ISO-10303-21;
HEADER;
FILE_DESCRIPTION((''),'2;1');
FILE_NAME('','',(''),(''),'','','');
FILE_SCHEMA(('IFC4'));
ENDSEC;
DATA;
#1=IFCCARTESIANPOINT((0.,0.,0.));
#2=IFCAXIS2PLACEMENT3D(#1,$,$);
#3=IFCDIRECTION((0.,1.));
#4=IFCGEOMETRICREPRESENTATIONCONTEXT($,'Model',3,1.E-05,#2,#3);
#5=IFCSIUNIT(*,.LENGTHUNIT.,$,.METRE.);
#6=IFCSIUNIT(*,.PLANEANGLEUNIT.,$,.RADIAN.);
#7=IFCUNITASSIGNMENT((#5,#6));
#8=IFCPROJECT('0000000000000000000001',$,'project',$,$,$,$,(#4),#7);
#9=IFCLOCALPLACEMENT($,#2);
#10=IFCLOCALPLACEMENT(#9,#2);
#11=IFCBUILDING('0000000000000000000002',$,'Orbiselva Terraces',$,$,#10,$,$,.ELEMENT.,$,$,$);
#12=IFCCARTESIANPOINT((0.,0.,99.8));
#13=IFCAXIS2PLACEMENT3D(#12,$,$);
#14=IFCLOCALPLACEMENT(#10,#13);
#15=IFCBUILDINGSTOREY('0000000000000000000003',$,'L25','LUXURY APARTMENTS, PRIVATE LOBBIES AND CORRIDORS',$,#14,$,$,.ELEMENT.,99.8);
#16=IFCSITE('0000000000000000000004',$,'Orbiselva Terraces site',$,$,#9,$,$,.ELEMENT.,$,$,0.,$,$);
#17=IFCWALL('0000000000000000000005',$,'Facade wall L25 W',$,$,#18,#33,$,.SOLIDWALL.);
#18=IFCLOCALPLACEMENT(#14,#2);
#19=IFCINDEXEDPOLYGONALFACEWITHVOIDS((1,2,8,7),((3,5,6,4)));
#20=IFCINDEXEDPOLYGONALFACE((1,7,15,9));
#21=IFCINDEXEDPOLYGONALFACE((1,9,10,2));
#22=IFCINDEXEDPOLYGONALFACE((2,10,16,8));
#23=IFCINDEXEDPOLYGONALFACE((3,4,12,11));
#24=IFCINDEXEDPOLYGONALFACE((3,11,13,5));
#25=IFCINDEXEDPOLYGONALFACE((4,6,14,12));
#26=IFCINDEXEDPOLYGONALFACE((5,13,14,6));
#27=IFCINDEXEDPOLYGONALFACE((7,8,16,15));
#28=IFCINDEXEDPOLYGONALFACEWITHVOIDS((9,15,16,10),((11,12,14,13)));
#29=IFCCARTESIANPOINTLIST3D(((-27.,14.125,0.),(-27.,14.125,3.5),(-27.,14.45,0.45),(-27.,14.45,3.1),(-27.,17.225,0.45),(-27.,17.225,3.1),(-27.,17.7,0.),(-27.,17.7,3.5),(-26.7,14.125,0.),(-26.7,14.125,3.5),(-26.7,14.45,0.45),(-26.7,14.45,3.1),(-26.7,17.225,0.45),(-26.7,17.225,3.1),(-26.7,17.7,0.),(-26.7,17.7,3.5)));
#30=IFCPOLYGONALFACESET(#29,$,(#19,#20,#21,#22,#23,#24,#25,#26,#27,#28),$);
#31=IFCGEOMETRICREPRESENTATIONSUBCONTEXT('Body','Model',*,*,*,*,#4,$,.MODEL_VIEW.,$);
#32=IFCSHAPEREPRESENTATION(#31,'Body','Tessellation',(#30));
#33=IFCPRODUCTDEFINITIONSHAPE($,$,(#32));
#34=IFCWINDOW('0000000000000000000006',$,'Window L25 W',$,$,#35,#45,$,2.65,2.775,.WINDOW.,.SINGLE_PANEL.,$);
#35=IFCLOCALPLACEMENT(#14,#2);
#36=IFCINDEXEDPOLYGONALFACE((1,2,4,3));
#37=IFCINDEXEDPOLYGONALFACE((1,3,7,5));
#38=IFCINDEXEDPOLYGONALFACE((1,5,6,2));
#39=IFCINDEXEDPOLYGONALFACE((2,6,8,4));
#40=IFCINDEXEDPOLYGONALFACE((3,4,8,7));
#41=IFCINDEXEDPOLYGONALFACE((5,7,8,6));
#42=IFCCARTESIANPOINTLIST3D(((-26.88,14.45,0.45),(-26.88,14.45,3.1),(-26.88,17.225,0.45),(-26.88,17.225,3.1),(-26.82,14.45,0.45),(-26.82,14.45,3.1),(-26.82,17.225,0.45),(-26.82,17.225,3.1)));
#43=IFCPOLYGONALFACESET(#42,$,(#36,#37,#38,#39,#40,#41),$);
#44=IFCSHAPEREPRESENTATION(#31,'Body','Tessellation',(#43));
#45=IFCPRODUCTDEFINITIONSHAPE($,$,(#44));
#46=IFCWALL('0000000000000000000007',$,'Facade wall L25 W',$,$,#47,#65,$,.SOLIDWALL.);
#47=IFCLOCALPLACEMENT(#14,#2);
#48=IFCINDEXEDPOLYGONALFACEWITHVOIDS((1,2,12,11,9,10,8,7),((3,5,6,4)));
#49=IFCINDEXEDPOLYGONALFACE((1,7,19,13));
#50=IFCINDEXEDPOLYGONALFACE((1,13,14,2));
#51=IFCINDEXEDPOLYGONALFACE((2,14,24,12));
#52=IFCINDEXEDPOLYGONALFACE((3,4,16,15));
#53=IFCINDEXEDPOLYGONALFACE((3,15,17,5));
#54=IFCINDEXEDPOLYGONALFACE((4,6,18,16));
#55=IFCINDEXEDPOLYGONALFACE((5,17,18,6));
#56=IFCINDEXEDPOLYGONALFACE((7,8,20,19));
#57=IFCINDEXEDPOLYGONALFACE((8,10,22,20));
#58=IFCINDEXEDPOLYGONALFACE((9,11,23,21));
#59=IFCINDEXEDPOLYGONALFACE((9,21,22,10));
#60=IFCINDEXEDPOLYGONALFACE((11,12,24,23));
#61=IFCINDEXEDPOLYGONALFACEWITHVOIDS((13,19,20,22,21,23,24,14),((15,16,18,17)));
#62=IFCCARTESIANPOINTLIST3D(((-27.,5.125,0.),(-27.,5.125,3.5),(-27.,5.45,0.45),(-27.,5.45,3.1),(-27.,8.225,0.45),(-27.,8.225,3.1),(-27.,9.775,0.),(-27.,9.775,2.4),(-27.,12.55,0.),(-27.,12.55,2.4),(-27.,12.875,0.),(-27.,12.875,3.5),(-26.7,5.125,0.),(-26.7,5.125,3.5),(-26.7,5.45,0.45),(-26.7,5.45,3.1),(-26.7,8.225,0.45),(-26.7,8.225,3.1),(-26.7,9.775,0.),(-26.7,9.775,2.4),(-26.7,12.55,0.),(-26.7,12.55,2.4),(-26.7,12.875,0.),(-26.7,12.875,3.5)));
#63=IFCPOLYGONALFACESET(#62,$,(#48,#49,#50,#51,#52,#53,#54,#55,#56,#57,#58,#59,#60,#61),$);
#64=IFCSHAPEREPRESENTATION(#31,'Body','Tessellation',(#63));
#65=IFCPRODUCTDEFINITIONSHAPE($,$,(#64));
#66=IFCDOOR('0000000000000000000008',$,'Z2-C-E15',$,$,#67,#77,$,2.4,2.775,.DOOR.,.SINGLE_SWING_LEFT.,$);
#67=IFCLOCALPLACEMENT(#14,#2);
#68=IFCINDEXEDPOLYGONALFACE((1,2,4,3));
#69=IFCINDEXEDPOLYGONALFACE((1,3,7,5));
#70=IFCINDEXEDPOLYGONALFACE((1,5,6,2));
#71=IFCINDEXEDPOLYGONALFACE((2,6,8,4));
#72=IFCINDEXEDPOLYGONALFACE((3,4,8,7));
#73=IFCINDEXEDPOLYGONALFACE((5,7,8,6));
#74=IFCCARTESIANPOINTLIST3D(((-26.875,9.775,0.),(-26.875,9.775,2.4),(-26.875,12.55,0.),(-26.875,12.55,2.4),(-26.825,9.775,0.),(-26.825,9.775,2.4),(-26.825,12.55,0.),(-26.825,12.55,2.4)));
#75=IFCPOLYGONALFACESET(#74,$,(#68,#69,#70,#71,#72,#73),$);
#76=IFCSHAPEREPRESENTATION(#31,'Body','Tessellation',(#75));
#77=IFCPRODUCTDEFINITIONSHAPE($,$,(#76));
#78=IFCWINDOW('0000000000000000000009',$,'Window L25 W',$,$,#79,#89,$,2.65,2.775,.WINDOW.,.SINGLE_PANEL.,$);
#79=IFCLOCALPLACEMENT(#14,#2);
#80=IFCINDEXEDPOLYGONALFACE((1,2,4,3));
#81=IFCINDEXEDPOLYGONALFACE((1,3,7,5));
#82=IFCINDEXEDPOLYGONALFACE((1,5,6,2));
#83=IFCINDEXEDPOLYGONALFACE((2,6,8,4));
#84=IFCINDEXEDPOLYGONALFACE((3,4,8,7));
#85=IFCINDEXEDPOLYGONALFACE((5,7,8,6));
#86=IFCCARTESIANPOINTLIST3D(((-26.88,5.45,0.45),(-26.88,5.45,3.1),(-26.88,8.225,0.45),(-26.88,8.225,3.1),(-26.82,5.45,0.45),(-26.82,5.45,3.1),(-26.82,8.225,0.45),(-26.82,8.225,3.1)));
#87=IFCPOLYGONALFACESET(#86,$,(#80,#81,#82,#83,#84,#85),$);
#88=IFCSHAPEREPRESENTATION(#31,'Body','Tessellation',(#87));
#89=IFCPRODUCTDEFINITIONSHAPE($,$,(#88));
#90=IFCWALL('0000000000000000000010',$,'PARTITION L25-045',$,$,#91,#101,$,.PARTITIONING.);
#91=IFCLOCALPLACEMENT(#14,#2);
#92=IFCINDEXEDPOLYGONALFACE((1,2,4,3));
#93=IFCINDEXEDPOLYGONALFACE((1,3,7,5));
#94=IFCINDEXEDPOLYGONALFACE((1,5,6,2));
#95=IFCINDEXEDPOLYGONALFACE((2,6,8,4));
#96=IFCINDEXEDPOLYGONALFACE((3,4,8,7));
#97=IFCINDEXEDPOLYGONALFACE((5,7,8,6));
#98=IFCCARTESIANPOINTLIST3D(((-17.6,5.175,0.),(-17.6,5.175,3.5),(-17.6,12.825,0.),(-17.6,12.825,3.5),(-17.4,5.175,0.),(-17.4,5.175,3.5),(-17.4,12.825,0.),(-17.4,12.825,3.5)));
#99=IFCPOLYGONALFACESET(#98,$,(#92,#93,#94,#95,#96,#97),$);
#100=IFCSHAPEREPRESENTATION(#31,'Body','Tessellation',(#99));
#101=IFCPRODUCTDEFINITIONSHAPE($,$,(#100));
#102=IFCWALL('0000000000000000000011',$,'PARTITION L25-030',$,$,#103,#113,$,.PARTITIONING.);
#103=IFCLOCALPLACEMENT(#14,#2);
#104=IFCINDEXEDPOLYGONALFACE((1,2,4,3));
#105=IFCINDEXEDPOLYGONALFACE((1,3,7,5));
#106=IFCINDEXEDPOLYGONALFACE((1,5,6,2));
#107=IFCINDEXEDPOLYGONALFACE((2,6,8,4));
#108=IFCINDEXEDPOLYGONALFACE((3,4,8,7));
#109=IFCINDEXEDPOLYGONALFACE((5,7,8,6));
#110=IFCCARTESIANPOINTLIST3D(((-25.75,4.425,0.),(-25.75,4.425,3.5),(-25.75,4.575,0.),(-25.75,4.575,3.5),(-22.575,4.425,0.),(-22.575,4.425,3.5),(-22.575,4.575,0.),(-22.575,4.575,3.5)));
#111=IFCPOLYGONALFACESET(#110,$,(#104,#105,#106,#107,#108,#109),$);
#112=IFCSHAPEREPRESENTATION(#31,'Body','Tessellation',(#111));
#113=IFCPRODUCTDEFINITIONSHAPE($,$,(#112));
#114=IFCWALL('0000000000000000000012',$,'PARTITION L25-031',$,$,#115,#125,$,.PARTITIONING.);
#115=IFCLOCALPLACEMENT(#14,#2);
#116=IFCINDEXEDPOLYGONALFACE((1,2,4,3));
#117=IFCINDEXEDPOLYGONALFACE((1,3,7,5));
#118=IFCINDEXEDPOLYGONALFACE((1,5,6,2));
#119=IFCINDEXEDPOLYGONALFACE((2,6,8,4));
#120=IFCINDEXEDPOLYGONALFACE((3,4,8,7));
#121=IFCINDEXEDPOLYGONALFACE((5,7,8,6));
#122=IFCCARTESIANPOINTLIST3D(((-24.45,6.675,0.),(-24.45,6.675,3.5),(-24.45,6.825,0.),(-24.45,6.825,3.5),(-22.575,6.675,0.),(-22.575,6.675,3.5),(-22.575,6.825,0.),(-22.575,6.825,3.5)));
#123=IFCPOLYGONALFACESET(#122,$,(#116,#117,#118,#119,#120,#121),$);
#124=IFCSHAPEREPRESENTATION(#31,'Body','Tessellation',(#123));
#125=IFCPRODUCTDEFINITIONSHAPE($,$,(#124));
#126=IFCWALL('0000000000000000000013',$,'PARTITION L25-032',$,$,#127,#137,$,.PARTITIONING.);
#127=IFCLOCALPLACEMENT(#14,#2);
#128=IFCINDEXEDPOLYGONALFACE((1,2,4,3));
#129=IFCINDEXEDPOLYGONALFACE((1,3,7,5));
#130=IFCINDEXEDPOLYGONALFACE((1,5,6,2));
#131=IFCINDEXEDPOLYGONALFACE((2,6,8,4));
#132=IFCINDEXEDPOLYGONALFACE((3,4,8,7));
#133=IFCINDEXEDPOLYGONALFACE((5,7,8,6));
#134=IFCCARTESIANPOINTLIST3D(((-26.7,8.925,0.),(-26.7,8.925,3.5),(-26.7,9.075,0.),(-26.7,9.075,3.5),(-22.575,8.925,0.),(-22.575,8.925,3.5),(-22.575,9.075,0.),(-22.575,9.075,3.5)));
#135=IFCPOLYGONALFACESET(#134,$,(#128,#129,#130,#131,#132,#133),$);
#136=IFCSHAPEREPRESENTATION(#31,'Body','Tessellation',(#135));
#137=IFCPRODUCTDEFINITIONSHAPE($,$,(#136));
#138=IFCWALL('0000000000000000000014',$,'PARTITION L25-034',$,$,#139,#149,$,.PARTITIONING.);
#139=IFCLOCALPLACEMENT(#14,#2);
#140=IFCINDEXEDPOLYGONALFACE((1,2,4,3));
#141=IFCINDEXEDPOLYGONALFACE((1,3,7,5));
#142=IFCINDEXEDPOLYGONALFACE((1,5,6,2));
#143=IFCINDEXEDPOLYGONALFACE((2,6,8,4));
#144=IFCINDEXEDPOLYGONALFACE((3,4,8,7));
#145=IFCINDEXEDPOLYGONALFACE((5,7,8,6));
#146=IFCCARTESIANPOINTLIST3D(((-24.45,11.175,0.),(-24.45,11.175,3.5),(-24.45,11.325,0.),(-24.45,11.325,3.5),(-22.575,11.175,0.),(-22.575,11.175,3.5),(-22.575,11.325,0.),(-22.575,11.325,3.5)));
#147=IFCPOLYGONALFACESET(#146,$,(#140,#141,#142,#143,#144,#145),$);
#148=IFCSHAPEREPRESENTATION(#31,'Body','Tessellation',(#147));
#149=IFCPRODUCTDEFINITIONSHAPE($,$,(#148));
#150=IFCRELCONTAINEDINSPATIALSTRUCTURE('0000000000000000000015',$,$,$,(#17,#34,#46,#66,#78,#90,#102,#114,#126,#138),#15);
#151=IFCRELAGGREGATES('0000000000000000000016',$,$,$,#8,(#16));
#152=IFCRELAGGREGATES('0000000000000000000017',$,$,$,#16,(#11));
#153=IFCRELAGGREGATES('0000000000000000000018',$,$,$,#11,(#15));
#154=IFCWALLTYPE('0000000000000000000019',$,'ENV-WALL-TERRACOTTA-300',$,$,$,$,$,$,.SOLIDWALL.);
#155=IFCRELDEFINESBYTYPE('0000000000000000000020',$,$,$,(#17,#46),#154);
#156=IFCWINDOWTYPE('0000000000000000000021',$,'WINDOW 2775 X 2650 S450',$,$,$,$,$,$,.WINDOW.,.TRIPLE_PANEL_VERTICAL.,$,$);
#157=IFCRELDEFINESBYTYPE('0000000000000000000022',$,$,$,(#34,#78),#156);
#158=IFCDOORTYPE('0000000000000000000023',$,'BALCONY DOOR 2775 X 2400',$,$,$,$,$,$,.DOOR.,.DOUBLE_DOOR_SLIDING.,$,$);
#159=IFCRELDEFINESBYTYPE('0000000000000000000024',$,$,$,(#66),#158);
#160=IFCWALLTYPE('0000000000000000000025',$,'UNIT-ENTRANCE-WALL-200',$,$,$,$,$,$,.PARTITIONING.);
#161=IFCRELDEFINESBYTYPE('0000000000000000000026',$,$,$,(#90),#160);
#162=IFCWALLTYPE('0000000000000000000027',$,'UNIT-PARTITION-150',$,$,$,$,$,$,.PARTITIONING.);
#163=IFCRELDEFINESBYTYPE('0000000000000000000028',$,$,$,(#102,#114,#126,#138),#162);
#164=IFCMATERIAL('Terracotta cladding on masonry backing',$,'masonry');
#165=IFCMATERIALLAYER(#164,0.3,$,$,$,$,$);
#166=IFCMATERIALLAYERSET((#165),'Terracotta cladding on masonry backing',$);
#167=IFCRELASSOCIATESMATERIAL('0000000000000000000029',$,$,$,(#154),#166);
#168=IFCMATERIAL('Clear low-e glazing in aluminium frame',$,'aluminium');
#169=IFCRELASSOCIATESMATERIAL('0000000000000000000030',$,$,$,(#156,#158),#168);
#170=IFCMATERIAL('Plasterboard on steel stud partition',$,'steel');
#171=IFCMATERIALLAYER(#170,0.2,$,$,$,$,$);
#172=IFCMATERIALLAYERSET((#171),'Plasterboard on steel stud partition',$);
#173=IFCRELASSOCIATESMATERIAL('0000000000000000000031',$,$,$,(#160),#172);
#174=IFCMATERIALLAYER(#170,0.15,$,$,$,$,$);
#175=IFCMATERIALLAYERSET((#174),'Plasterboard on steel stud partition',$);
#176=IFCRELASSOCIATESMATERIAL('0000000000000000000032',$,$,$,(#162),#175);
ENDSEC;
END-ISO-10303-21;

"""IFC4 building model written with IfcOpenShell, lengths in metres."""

from ifc_helpers import new_model, si_unit, direction, frame, frame_2d, origin, place, context, subcontext, project, spatial, rectangle, extrude, material, layer, layer_set, type_object, element, fill, save


model = new_model("IFC4")

# Units and contexts
model_context = context("Model", 3, precision=1e-05, world=origin(), true_north=direction((0.0, 1.0)))
body_context = subcontext(model_context, "Body", "Model", "MODEL_VIEW")
ifc_project = project(units=[si_unit("LENGTHUNIT", "METRE"), si_unit("PLANEANGLEUNIT", "RADIAN")], contexts=[model_context])

# Site, building, storey
site_placement = place(None, origin())
site = spatial("IfcSite", under=ifc_project, at=site_placement, Name="Orbiselva Terraces site", CompositionType="ELEMENT", RefElevation=0.0)
building_placement = place(site_placement, origin())
building = spatial("IfcBuilding", under=site, at=building_placement, Name="Orbiselva Terraces", CompositionType="ELEMENT")
storey_placement = place(building_placement, frame((0.0, 0.0, 99.8)))
storey = spatial("IfcBuildingStorey", under=building, at=storey_placement, Name="L25", Description="LUXURY APARTMENTS, PRIVATE LOBBIES AND CORRIDORS", CompositionType="ELEMENT", Elevation=99.8)

# Wall, opening, window
ifc_material_1 = material(Name="Terracotta cladding on masonry backing", Category="masonry")
ifc_layer_1 = layer(ifc_material_1, 0.3)
ifc_layer_set_1 = layer_set([ifc_layer_1], Name="Terracotta cladding on masonry backing")
wall_type_1 = type_object("IfcWallType", Name="ENV-WALL-TERRACOTTA-300", PredefinedType="SOLIDWALL", material=ifc_layer_set_1)
wall_1_placement = place(storey_placement, frame((-26.85, 14.125, 0.0), z_axis=(0.0, 0.0, 1.0), x_axis=(0.0, 1.0, 0.0)))
wall_1 = element("IfcWall", 1, at=wall_1_placement, inside=storey, type_object=wall_type_1, Name="Facade wall L25 W", PredefinedType="SOLIDWALL", context=body_context, shape_type="SweptSolid", body=[
    extrude(rectangle(XDim=3.575, YDim=0.3, at=frame_2d((1.7875, 0.0))), origin(), (0.0, 0.0, 1.0), 3.5),
])
opening_1_placement = place(wall_1_placement, frame((0.325, 0.0, 0.45)))
opening_1 = element("IfcOpeningElement", 2, at=opening_1_placement, cuts=wall_1, PredefinedType="OPENING", context=body_context, shape_type="SweptSolid", body=[
    extrude(rectangle(XDim=2.775, YDim=2.65, at=frame_2d((1.3875, 1.325))), frame((0.0, 0.16, 0.0), z_axis=(0.0, -1.0, 0.0), x_axis=(1.0, 0.0, 0.0)), (0.0, 0.0, 1.0), 0.32),
])
ifc_material_2 = material(Name="Clear low-e glazing in aluminium frame", Category="aluminium")
window_type = type_object("IfcWindowType", Name="WINDOW 2775 X 2650 S450", PartitioningType="TRIPLE_PANEL_VERTICAL", PredefinedType="WINDOW", material=ifc_material_2)
window_1_placement = place(opening_1_placement, origin())
window_1 = element("IfcWindow", 3, at=window_1_placement, inside=storey, type_object=window_type, Name="Window L25 W", OverallHeight=2.65, OverallWidth=2.775, PartitioningType="SINGLE_PANEL", PredefinedType="WINDOW", context=body_context, shape_type="SweptSolid", body=[
    extrude(rectangle(XDim=2.775, YDim=2.65, at=frame_2d((1.3875, 1.325))), frame((0.0, 0.03, 0.0), z_axis=(0.0, -1.0, 0.0), x_axis=(1.0, 0.0, 0.0)), (0.0, 0.0, 1.0), 0.06),
])
fill(opening_1, window_1)

# Wall, openings, door, window
wall_2_placement = place(storey_placement, frame((-26.85, 5.125, 0.0), z_axis=(0.0, 0.0, 1.0), x_axis=(0.0, 1.0, 0.0)))
wall_2 = element("IfcWall", 4, at=wall_2_placement, inside=storey, type_object=wall_type_1, Name="Facade wall L25 W", PredefinedType="SOLIDWALL", context=body_context, shape_type="SweptSolid", body=[
    extrude(rectangle(XDim=7.75, YDim=0.3, at=frame_2d((3.875, 0.0))), origin(), (0.0, 0.0, 1.0), 3.5),
])
opening_2_placement = place(wall_2_placement, frame((4.65, 0.0, 0.0)))
opening_2 = element("IfcOpeningElement", 5, at=opening_2_placement, cuts=wall_2, PredefinedType="OPENING", context=body_context, shape_type="SweptSolid", body=[
    extrude(rectangle(XDim=2.775, YDim=2.4, at=frame_2d((1.3875, 1.2))), frame((0.0, 0.16, 0.0), z_axis=(0.0, -1.0, 0.0), x_axis=(1.0, 0.0, 0.0)), (0.0, 0.0, 1.0), 0.32),
])
opening_3_placement = place(wall_2_placement, frame((0.325, 0.0, 0.45)))
opening_3 = element("IfcOpeningElement", 6, at=opening_3_placement, cuts=wall_2, PredefinedType="OPENING", context=body_context, shape_type="SweptSolid", body=[
    extrude(rectangle(XDim=2.775, YDim=2.65, at=frame_2d((1.3875, 1.325))), frame((0.0, 0.16, 0.0), z_axis=(0.0, -1.0, 0.0), x_axis=(1.0, 0.0, 0.0)), (0.0, 0.0, 1.0), 0.32),
])
door_type_1 = type_object("IfcDoorType", Name="BALCONY DOOR 2775 X 2400", OperationType="DOUBLE_DOOR_SLIDING", PredefinedType="DOOR", material=ifc_material_2)
door_1_placement = place(opening_2_placement, origin())
door_1 = element("IfcDoor", 7, at=door_1_placement, inside=storey, type_object=door_type_1, Name="Z2-C-E15", OperationType="SINGLE_SWING_LEFT", OverallHeight=2.4, OverallWidth=2.775, PredefinedType="DOOR", context=body_context, shape_type="SweptSolid", body=[
    extrude(rectangle(XDim=2.775, YDim=2.4, at=frame_2d((1.3875, 1.2))), frame((0.0, 0.025, 0.0), z_axis=(0.0, -1.0, 0.0), x_axis=(1.0, 0.0, 0.0)), (0.0, 0.0, 1.0), 0.05),
])
fill(opening_2, door_1)
window_2_placement = place(opening_3_placement, origin())
window_2 = element("IfcWindow", 8, at=window_2_placement, inside=storey, type_object=window_type, Name="Window L25 W", OverallHeight=2.65, OverallWidth=2.775, PartitioningType="SINGLE_PANEL", PredefinedType="WINDOW", context=body_context, shape_type="SweptSolid", body=[
    extrude(rectangle(XDim=2.775, YDim=2.65, at=frame_2d((1.3875, 1.325))), frame((0.0, 0.03, 0.0), z_axis=(0.0, -1.0, 0.0), x_axis=(1.0, 0.0, 0.0)), (0.0, 0.0, 1.0), 0.06),
])
fill(opening_3, window_2)

# Walls
ifc_material_3 = material(Name="Plasterboard on steel stud partition", Category="steel")
ifc_layer_2 = layer(ifc_material_3, 0.2)
ifc_layer_set_2 = layer_set([ifc_layer_2], Name="Plasterboard on steel stud partition")
wall_type_2 = type_object("IfcWallType", Name="UNIT-ENTRANCE-WALL-200", PredefinedType="PARTITIONING", material=ifc_layer_set_2)
wall_3_placement = place(storey_placement, frame((-17.5, 5.175, 0.0), z_axis=(0.0, 0.0, 1.0), x_axis=(0.0, 1.0, 0.0)))
element("IfcWall", 9, at=wall_3_placement, inside=storey, type_object=wall_type_2, Name="PARTITION L25-045", PredefinedType="PARTITIONING", context=body_context, shape_type="SweptSolid", body=[
    extrude(rectangle(XDim=7.65, YDim=0.2, at=frame_2d((3.825, 0.0))), origin(), (0.0, 0.0, 1.0), 3.5),
])
ifc_layer_3 = layer(ifc_material_3, 0.15)
ifc_layer_set_3 = layer_set([ifc_layer_3], Name="Plasterboard on steel stud partition")
wall_type_3 = type_object("IfcWallType", Name="UNIT-PARTITION-150", PredefinedType="PARTITIONING", material=ifc_layer_set_3)
wall_4_placement = place(storey_placement, frame((-25.75, 4.5, 0.0), z_axis=(0.0, 0.0, 1.0), x_axis=(1.0, 0.0, 0.0)))
element("IfcWall", 10, at=wall_4_placement, inside=storey, type_object=wall_type_3, Name="PARTITION L25-030", PredefinedType="PARTITIONING", context=body_context, shape_type="SweptSolid", body=[
    extrude(rectangle(XDim=3.175, YDim=0.15, at=frame_2d((1.5875, 0.0))), origin(), (0.0, 0.0, 1.0), 3.5),
])
wall_5_placement = place(storey_placement, frame((-24.45, 6.75, 0.0), z_axis=(0.0, 0.0, 1.0), x_axis=(1.0, 0.0, 0.0)))
element("IfcWall", 11, at=wall_5_placement, inside=storey, type_object=wall_type_3, Name="PARTITION L25-031", PredefinedType="PARTITIONING", context=body_context, shape_type="SweptSolid", body=[
    extrude(rectangle(XDim=1.875, YDim=0.15, at=frame_2d((0.9375, 0.0))), origin(), (0.0, 0.0, 1.0), 3.5),
])
wall_6_placement = place(storey_placement, frame((-26.7, 9.0, 0.0), z_axis=(0.0, 0.0, 1.0), x_axis=(1.0, 0.0, 0.0)))
element("IfcWall", 12, at=wall_6_placement, inside=storey, type_object=wall_type_3, Name="PARTITION L25-032", PredefinedType="PARTITIONING", context=body_context, shape_type="SweptSolid", body=[
    extrude(rectangle(XDim=4.125, YDim=0.15, at=frame_2d((2.0625, 0.0))), origin(), (0.0, 0.0, 1.0), 3.5),
])
wall_7_placement = place(storey_placement, frame((-24.45, 11.25, 0.0), z_axis=(0.0, 0.0, 1.0), x_axis=(1.0, 0.0, 0.0)))
element("IfcWall", 13, at=wall_7_placement, inside=storey, type_object=wall_type_3, Name="PARTITION L25-034", PredefinedType="PARTITIONING", context=body_context, shape_type="SweptSolid", body=[
    extrude(rectangle(XDim=1.875, YDim=0.15, at=frame_2d((0.9375, 0.0))), origin(), (0.0, 0.0, 1.0), 3.5),
])

save(model, "model.ifc")
